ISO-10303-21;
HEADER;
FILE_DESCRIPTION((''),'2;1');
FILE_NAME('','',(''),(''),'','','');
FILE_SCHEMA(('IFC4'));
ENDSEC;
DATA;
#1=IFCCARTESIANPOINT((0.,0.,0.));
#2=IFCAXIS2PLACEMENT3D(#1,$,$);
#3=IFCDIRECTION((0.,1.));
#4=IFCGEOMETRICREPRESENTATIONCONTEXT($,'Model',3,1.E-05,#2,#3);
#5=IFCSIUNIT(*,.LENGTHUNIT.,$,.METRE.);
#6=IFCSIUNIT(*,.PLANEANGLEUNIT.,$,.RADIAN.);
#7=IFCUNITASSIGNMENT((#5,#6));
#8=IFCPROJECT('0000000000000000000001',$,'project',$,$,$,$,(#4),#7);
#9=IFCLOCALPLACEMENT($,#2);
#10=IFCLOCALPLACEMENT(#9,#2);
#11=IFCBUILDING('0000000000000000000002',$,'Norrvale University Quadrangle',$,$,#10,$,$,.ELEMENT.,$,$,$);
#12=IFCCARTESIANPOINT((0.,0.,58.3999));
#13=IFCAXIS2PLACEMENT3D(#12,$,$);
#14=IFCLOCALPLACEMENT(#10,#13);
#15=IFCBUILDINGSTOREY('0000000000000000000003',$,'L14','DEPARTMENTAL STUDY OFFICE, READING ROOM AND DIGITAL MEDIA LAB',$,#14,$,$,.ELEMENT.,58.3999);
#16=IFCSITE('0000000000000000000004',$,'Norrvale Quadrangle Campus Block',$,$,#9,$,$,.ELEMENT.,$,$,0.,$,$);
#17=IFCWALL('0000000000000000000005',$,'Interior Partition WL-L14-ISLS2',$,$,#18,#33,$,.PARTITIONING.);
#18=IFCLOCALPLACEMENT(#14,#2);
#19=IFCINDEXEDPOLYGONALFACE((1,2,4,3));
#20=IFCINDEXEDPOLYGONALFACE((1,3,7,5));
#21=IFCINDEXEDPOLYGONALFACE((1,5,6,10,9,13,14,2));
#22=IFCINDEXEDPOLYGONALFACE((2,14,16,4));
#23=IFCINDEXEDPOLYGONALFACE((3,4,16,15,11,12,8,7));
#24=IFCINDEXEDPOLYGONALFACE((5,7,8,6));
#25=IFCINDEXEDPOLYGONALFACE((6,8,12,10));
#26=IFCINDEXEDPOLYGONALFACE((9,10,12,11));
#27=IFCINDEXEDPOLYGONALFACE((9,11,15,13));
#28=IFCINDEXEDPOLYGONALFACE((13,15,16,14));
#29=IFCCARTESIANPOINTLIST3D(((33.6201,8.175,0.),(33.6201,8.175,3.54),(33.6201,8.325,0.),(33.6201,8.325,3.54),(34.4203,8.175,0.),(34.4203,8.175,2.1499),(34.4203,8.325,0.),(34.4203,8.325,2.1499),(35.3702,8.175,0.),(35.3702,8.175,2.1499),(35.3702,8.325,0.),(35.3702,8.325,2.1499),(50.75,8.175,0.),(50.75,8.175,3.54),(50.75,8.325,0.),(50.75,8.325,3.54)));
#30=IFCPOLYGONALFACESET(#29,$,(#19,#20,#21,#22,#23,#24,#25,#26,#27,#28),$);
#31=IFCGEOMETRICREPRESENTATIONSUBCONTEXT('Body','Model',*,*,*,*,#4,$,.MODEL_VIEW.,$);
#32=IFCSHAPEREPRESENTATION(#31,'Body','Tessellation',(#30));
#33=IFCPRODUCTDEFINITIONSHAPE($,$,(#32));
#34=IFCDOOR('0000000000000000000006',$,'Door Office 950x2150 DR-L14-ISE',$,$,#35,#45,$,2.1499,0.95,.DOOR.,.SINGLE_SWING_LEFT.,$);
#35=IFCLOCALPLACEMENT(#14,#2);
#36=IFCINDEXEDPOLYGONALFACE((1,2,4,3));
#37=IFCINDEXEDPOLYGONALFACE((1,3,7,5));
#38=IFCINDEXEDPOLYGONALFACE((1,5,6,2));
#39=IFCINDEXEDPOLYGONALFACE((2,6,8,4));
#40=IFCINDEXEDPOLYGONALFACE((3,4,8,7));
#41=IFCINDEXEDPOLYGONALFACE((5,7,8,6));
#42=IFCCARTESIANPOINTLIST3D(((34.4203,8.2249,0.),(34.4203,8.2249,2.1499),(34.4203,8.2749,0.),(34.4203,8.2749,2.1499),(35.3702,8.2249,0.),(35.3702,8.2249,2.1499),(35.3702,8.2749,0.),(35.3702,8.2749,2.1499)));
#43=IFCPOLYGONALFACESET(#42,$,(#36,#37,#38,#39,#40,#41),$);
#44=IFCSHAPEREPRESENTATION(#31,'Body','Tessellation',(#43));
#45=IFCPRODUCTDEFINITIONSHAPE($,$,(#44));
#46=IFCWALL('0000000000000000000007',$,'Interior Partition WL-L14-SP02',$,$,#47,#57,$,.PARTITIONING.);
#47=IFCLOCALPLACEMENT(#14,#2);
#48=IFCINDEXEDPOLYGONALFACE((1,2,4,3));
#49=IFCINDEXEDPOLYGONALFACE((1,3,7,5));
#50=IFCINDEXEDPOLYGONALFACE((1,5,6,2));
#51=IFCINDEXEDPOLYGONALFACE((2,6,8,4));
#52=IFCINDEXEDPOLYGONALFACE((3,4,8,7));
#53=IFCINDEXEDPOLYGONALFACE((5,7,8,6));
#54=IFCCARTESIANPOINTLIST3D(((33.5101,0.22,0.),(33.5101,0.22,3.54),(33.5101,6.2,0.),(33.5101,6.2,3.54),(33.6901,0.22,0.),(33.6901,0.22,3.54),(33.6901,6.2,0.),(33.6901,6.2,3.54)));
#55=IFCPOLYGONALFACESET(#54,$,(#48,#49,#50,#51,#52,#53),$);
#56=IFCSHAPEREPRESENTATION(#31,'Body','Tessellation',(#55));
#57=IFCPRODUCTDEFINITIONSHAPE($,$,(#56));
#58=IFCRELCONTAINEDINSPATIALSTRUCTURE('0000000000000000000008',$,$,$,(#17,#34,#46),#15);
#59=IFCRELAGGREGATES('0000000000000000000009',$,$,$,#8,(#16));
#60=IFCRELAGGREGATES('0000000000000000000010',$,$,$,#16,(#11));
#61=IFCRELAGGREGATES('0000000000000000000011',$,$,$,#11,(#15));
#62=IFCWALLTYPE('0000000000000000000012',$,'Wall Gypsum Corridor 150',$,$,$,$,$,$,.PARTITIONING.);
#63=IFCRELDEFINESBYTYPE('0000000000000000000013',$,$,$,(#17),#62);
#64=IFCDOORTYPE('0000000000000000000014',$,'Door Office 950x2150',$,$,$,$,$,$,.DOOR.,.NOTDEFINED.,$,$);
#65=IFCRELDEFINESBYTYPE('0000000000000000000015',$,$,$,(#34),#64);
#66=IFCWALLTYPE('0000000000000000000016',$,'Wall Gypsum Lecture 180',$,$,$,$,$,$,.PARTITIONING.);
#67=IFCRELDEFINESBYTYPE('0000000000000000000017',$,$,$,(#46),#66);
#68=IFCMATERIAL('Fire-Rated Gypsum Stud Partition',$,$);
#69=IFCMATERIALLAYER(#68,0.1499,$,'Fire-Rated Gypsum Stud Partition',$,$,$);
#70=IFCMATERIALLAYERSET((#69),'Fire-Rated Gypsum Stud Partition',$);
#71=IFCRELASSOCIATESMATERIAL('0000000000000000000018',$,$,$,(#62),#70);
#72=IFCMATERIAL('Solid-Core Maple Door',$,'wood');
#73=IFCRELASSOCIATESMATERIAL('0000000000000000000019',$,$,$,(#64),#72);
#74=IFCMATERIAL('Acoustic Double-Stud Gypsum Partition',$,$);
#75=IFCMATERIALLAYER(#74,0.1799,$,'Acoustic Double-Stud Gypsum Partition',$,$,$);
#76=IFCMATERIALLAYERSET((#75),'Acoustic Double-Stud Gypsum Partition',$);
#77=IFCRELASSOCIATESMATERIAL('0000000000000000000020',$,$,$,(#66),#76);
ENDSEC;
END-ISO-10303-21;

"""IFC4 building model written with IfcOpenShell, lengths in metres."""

from ifc_helpers import new_model, si_unit, direction, frame, frame_2d, origin, place, context, subcontext, project, spatial, rectangle, extrude, material, layer, layer_set, type_object, element, fill, save


model = new_model("IFC4")

# Units and contexts
model_context = context("Model", 3, precision=1e-05, world=origin(), true_north=direction((0.0, 1.0)))
body_context = subcontext(model_context, "Body", "Model", "MODEL_VIEW")
ifc_project = project(units=[si_unit("LENGTHUNIT", "METRE"), si_unit("PLANEANGLEUNIT", "RADIAN")], contexts=[model_context])

# Site, building, storey
site_placement = place(None, origin())
site = spatial("IfcSite", under=ifc_project, at=site_placement, Name="Norrvale Quadrangle Campus Block", CompositionType="ELEMENT", RefElevation=0.0)
building_placement = place(site_placement, origin())
building = spatial("IfcBuilding", under=site, at=building_placement, Name="Norrvale University Quadrangle", CompositionType="ELEMENT")
storey_placement = place(building_placement, frame((0.0, 0.0, 58.3999)))
storey = spatial("IfcBuildingStorey", under=building, at=storey_placement, Name="L14", Description="DEPARTMENTAL STUDY OFFICE, READING ROOM AND DIGITAL MEDIA LAB", CompositionType="ELEMENT", Elevation=58.3999)

# Wall, opening, door
ifc_material_1 = material(Name="Fire-Rated Gypsum Stud Partition")
ifc_layer_1 = layer(ifc_material_1, 0.1499, Name="Fire-Rated Gypsum Stud Partition")
ifc_layer_set_1 = layer_set([ifc_layer_1], Name="Fire-Rated Gypsum Stud Partition")
wall_type_1 = type_object("IfcWallType", Name="Wall Gypsum Corridor 150", PredefinedType="PARTITIONING", material=ifc_layer_set_1)
wall_1_placement = place(storey_placement, frame((33.6201, 8.25, 0.0), z_axis=(0.0, 0.0, 1.0), x_axis=(1.0, 0.0, 0.0)))
wall_1 = element("IfcWall", 1, at=wall_1_placement, inside=storey, type_object=wall_type_1, Name="Interior Partition WL-L14-ISLS2", PredefinedType="PARTITIONING", context=body_context, shape_type="SweptSolid", body=[
    extrude(rectangle(XDim=17.1299, YDim=0.1499, at=frame_2d((8.5649, 0.0))), origin(), (0.0, 0.0, 1.0), 3.54),
])
opening_placement = place(wall_1_placement, frame((0.8, 0.0, 0.0)))
opening = element("IfcOpeningElement", 2, at=opening_placement, cuts=wall_1, PredefinedType="OPENING", context=body_context, shape_type="SweptSolid", body=[
    extrude(rectangle(XDim=0.95, YDim=2.1499, at=frame_2d((0.4751, 1.075))), frame((0.0, 0.0869, 0.0), z_axis=(0.0, -1.0, 0.0), x_axis=(1.0, 0.0, 0.0)), (0.0, 0.0, 1.0), 0.1738),
])
ifc_material_2 = material(Name="Solid-Core Maple Door", Category="wood")
door_type = type_object("IfcDoorType", Name="Door Office 950x2150", OperationType="NOTDEFINED", PredefinedType="DOOR", material=ifc_material_2)
door_placement = place(opening_placement, origin())
door = element("IfcDoor", 3, at=door_placement, inside=storey, type_object=door_type, Name="Door Office 950x2150 DR-L14-ISE", OperationType="SINGLE_SWING_LEFT", OverallHeight=2.1499, OverallWidth=0.95, PredefinedType="DOOR", context=body_context, shape_type="SweptSolid", body=[
    extrude(rectangle(XDim=0.95, YDim=2.1499, at=frame_2d((0.4751, 1.075))), frame((0.0, 0.0249, 0.0), z_axis=(0.0, -1.0, 0.0), x_axis=(1.0, 0.0, 0.0)), (0.0, 0.0, 1.0), 0.05),
])
fill(opening, door)

# Wall
ifc_material_3 = material(Name="Acoustic Double-Stud Gypsum Partition")
ifc_layer_2 = layer(ifc_material_3, 0.1799, Name="Acoustic Double-Stud Gypsum Partition")
ifc_layer_set_2 = layer_set([ifc_layer_2], Name="Acoustic Double-Stud Gypsum Partition")
wall_type_2 = type_object("IfcWallType", Name="Wall Gypsum Lecture 180", PredefinedType="PARTITIONING", material=ifc_layer_set_2)
wall_2_placement = place(storey_placement, frame((33.6001, 0.22, 0.0), z_axis=(0.0, 0.0, 1.0), x_axis=(0.0, 1.0, 0.0)))
element("IfcWall", 4, at=wall_2_placement, inside=storey, type_object=wall_type_2, Name="Interior Partition WL-L14-SP02", PredefinedType="PARTITIONING", context=body_context, shape_type="SweptSolid", body=[
    extrude(rectangle(XDim=5.98, YDim=0.1799, at=frame_2d((2.99, 0.0))), origin(), (0.0, 0.0, 1.0), 3.54),
])

save(model, "model.ifc")
